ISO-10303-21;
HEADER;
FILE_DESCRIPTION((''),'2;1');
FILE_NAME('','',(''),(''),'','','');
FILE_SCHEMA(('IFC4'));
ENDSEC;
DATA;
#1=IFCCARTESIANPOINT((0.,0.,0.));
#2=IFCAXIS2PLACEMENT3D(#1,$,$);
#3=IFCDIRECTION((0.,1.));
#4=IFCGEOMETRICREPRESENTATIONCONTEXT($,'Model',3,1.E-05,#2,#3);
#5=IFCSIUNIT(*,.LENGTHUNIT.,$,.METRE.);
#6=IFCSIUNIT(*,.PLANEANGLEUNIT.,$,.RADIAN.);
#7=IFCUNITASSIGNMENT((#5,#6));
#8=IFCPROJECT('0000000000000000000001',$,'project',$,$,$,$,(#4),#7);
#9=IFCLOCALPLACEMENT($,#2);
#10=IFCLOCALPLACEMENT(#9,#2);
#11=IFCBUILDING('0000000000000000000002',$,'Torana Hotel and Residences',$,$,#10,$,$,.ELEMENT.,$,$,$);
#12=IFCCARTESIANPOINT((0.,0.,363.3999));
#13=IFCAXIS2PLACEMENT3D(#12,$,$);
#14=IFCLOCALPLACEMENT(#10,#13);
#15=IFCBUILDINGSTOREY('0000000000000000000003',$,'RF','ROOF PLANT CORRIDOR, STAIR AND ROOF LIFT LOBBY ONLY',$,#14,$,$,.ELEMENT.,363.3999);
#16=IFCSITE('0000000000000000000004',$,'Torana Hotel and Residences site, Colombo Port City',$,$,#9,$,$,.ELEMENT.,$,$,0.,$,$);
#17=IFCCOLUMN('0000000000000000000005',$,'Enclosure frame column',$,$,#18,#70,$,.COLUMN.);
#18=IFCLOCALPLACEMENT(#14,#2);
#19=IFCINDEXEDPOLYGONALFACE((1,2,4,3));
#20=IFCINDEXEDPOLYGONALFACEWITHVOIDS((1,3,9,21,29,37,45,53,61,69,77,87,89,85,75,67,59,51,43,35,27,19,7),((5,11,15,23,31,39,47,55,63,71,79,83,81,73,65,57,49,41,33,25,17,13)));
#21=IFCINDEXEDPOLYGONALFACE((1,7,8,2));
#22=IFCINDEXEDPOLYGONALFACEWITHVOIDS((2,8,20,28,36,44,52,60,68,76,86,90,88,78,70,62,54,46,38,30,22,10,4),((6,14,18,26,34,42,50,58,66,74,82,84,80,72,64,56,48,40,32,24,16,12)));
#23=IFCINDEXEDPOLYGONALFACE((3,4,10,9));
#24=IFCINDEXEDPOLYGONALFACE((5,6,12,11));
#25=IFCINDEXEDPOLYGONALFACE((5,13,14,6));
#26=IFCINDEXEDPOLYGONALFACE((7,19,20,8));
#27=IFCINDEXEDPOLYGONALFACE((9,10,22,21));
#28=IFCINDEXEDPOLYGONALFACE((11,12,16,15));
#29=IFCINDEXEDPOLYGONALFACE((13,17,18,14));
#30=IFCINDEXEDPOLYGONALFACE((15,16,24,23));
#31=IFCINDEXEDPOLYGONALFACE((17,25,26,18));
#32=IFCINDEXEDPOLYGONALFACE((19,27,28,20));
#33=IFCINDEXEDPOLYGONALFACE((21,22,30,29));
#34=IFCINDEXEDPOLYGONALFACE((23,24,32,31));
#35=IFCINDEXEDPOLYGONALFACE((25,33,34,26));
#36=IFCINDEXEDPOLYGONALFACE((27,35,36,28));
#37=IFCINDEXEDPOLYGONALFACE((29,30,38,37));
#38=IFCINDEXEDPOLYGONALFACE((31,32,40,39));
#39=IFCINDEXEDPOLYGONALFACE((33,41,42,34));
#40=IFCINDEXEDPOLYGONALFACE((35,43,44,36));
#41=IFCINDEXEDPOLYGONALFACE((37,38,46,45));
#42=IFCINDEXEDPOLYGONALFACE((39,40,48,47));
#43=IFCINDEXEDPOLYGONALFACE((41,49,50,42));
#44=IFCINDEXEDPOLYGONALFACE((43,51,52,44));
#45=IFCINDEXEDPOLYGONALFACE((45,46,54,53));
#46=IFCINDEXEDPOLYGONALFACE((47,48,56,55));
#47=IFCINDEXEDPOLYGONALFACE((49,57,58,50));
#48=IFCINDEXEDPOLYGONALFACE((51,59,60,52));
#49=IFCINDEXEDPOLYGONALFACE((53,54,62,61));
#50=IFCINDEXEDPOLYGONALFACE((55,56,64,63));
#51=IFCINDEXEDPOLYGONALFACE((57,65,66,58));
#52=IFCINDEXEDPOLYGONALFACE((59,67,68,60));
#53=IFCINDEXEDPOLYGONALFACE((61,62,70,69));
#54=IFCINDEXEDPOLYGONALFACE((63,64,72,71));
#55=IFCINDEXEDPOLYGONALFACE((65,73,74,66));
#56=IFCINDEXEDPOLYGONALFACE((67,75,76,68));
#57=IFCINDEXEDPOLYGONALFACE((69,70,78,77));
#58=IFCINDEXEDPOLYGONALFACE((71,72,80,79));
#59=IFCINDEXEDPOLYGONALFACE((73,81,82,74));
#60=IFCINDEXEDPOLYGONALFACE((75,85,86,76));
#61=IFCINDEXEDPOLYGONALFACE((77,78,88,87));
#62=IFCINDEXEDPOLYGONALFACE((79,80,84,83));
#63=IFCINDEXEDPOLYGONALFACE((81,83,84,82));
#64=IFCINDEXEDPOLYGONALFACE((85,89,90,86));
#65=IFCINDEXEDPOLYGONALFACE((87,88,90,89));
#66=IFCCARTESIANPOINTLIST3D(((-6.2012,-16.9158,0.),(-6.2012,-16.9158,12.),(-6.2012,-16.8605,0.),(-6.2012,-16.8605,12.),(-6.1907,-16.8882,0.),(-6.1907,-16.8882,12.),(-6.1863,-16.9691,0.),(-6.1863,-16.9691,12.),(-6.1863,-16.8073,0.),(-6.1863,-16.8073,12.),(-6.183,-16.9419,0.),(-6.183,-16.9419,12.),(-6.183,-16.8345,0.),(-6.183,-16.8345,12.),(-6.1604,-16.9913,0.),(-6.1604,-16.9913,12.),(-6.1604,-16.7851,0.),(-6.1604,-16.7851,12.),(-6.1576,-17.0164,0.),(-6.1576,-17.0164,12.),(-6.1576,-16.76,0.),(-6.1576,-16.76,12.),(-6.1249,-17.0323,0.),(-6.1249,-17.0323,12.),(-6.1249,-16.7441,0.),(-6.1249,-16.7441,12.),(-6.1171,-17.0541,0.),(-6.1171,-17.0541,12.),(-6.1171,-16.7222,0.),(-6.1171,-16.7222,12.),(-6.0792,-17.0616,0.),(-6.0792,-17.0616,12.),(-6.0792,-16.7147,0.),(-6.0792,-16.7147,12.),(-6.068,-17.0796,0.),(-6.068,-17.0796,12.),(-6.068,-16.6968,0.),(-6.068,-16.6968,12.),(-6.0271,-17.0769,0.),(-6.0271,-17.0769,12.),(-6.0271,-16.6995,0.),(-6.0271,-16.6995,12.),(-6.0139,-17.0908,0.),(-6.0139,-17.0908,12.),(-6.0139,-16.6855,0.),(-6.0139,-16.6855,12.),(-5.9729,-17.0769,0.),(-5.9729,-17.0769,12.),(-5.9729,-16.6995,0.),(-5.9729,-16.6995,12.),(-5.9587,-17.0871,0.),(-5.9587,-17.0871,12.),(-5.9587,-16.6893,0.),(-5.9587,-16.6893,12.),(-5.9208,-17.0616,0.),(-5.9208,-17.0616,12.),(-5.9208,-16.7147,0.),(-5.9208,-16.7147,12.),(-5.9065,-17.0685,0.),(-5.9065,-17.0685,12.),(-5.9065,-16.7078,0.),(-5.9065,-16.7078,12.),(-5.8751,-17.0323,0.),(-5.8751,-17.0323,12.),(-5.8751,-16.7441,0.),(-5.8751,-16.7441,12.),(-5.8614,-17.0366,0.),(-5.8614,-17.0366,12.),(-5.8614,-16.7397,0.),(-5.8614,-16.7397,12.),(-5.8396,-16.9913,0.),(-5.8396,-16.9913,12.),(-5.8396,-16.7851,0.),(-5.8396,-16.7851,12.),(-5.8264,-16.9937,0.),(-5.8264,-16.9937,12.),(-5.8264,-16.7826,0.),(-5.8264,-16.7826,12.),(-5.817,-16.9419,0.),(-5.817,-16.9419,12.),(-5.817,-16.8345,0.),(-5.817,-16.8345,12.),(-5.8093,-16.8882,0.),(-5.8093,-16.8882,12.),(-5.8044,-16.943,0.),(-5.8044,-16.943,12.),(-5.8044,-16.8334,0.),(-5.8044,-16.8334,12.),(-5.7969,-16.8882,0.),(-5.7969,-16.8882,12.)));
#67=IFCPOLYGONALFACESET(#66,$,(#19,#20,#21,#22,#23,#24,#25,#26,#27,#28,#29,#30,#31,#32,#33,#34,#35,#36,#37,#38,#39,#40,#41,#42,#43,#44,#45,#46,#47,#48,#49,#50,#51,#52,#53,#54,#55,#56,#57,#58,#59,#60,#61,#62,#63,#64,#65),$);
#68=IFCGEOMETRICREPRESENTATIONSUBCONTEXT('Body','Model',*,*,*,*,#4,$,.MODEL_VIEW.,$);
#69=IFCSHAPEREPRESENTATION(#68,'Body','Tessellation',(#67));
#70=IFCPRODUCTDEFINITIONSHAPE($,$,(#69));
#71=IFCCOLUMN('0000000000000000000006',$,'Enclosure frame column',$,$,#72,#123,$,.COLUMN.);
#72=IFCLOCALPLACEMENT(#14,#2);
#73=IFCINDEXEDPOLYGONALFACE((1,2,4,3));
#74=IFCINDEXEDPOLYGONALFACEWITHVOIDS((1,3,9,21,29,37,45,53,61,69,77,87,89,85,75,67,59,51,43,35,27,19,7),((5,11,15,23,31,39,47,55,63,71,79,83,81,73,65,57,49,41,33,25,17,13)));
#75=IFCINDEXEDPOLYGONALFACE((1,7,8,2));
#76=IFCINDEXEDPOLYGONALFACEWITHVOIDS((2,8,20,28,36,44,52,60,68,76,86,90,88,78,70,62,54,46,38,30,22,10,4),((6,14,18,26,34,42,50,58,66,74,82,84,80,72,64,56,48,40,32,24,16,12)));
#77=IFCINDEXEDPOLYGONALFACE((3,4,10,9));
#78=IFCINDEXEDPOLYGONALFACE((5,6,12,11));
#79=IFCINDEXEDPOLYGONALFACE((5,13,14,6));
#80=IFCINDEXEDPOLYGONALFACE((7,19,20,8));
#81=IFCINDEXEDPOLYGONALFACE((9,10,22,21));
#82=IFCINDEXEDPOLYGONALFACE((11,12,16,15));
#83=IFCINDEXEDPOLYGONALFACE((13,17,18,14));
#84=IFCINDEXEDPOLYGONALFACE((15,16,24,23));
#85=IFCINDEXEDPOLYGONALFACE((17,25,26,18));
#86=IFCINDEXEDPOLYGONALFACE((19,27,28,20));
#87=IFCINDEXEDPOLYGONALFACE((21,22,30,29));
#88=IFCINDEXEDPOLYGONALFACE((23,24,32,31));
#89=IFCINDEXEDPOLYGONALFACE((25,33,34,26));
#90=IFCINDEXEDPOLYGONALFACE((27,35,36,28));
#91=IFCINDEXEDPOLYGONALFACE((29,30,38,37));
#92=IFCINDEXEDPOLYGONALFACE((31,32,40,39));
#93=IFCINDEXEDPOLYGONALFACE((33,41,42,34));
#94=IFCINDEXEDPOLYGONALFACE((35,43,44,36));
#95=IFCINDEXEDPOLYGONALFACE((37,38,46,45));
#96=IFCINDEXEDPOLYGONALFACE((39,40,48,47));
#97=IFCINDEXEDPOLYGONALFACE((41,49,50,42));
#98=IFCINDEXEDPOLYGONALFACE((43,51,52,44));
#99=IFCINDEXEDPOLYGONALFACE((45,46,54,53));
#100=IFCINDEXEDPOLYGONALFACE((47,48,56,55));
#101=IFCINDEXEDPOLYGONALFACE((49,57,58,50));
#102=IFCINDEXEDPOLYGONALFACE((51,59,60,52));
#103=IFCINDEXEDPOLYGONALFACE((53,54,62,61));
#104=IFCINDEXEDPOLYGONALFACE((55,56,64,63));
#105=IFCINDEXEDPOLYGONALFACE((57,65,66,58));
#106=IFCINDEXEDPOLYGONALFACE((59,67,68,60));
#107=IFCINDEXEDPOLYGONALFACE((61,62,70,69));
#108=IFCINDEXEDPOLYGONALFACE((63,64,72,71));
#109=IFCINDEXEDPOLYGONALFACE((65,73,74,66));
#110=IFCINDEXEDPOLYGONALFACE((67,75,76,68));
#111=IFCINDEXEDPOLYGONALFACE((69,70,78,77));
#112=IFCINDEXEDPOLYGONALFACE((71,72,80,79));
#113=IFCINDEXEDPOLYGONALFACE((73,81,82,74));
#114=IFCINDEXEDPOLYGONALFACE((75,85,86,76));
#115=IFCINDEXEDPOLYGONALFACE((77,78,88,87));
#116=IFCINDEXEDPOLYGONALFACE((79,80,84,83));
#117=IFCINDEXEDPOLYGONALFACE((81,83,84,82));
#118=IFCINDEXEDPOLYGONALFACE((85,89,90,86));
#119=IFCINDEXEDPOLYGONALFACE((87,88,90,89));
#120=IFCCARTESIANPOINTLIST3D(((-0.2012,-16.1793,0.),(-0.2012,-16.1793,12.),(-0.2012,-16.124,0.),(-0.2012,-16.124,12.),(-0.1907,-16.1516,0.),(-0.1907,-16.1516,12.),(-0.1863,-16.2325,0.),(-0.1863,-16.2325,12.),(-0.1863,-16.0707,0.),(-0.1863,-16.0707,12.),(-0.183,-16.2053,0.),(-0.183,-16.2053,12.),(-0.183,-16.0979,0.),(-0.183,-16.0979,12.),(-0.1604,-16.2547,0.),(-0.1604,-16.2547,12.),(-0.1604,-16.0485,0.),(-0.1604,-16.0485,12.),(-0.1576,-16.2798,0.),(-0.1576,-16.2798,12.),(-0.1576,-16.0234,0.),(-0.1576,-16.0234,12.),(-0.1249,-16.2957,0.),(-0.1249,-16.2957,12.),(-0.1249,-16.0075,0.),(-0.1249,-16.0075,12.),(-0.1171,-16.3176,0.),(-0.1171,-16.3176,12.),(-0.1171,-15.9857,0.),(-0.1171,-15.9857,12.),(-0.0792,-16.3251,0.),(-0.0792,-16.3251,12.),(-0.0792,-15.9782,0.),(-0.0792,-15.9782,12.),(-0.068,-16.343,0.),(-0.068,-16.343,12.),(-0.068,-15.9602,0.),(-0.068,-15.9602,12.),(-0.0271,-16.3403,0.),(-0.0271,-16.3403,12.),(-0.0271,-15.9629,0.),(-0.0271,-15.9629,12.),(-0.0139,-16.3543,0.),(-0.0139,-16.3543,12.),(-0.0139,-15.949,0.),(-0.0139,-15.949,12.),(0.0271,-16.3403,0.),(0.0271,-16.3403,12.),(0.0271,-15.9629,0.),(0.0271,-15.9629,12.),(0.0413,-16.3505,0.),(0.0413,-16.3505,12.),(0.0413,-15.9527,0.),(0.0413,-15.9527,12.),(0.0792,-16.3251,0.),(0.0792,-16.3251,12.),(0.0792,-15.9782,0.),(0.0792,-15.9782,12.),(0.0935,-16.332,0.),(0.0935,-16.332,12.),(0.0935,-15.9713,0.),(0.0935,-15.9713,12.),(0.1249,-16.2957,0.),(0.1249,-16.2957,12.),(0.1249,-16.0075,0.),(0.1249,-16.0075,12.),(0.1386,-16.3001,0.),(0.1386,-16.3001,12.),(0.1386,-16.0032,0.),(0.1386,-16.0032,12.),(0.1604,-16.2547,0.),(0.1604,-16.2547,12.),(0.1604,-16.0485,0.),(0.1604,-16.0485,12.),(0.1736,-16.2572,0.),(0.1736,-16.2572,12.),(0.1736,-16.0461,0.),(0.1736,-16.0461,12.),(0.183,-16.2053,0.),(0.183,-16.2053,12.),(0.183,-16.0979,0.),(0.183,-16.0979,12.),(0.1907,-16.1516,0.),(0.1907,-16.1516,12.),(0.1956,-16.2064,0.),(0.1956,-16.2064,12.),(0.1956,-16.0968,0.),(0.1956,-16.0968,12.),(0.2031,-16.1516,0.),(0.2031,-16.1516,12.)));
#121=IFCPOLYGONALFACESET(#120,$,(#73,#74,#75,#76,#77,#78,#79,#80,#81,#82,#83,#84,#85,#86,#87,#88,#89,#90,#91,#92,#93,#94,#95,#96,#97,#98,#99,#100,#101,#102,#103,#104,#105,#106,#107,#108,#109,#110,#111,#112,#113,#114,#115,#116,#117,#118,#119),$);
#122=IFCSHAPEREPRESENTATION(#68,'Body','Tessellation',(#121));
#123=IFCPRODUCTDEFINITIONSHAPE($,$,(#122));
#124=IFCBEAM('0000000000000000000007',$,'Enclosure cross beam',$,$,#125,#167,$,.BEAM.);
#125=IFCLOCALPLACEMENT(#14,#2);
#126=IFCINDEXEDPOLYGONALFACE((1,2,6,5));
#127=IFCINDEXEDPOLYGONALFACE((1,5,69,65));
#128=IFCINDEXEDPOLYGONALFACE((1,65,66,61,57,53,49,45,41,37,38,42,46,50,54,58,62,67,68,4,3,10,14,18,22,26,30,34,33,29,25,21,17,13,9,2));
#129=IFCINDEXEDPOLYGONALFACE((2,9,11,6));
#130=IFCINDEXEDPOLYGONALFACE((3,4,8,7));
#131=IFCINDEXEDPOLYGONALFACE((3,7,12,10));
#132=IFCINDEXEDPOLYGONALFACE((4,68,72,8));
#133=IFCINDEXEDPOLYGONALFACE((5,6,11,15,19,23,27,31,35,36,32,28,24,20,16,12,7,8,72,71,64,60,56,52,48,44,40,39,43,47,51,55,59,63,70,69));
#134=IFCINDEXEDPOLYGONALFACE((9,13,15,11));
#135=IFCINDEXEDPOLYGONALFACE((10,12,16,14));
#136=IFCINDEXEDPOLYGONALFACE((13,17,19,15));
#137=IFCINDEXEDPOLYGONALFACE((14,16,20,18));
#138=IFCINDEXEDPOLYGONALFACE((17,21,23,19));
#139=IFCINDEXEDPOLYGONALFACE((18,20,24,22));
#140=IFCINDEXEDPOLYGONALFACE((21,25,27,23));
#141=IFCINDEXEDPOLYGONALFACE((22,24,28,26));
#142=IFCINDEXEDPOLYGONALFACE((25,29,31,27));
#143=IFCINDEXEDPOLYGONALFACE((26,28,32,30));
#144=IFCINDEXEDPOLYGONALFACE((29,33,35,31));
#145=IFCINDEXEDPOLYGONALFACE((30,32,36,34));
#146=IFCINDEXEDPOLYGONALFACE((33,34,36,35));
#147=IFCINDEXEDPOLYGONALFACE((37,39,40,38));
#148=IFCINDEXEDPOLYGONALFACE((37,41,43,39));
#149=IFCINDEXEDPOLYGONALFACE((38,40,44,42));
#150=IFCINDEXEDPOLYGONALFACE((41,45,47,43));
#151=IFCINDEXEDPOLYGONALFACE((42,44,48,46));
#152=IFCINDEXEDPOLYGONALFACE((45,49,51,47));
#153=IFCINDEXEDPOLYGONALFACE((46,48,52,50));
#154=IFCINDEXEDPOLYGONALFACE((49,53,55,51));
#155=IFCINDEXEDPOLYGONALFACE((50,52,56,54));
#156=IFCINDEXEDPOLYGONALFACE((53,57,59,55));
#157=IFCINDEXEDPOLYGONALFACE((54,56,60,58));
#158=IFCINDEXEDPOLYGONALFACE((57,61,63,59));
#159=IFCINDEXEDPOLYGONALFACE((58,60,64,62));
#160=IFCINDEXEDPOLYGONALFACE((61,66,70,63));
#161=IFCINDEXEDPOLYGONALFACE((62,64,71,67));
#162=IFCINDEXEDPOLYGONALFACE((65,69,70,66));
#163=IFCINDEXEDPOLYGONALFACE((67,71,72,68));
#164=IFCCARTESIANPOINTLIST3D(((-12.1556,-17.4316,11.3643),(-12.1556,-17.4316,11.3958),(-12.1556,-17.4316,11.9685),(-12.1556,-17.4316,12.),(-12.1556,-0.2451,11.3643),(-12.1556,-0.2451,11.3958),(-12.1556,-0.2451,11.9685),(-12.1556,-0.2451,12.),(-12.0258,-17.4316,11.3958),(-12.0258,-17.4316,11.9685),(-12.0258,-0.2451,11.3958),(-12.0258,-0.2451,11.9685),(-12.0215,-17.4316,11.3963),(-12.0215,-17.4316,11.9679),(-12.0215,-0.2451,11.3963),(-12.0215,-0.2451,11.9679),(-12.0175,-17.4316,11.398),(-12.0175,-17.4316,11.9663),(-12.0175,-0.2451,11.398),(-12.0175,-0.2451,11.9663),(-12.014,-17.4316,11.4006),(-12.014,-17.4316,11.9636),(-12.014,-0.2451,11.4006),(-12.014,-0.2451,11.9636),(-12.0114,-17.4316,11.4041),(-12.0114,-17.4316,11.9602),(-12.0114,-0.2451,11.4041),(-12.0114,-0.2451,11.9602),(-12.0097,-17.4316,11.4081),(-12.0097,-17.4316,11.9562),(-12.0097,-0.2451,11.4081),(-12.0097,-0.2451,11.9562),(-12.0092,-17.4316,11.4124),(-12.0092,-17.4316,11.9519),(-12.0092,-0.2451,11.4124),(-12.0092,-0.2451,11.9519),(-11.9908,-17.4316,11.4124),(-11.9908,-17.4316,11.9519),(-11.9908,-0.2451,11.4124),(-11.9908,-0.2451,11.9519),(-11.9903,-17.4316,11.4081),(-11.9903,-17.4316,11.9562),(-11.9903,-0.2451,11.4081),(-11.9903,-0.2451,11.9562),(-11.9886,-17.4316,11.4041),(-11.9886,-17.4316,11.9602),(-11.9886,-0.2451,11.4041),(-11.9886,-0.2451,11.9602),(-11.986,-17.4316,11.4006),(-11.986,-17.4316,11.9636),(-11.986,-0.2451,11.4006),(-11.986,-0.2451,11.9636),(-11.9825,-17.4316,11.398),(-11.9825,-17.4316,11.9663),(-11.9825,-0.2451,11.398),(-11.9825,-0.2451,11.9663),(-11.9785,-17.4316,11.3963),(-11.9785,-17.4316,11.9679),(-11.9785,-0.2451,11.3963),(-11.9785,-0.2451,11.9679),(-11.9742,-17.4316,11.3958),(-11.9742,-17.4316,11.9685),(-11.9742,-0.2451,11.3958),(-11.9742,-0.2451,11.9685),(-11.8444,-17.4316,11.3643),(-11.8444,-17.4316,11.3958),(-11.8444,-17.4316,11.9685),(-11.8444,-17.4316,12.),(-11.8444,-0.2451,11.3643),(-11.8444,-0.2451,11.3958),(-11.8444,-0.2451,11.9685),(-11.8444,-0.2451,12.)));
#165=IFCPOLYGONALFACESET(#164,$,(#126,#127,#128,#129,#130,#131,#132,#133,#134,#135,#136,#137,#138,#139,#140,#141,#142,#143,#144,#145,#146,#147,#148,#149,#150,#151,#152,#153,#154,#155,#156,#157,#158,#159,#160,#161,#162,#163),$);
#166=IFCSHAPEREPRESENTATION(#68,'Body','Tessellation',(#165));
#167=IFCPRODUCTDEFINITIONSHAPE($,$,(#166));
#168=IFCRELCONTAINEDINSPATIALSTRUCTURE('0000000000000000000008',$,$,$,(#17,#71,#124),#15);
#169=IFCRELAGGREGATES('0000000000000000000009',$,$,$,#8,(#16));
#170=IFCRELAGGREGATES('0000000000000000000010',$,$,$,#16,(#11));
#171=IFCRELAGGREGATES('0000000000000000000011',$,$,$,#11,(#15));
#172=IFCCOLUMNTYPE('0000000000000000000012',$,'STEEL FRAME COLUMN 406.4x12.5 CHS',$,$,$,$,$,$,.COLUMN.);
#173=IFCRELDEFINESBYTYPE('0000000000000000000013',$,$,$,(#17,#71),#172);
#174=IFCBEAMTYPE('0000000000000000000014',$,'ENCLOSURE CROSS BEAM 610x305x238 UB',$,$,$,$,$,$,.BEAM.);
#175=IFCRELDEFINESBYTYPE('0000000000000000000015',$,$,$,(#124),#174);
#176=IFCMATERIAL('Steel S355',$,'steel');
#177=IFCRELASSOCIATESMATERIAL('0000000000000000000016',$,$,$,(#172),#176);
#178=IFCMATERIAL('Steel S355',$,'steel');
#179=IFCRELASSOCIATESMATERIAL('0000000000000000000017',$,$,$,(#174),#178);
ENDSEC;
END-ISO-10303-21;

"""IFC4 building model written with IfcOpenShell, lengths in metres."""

from ifc_helpers import new_model, si_unit, direction, frame, origin, origin_2d, place, context, subcontext, project, spatial, hollow_circle, i_section, extrude, material, material_profile, profile_set, type_object, element, save


model = new_model("IFC4")

# Units and contexts
model_context = context("Model", 3, precision=1e-05, world=origin(), true_north=direction((0.0, 1.0)))
body_context = subcontext(model_context, "Body", "Model", "MODEL_VIEW")
ifc_project = project(units=[si_unit("LENGTHUNIT", "METRE"), si_unit("PLANEANGLEUNIT", "RADIAN")], contexts=[model_context])

# Site, building, storey
site_placement = place(None, origin())
site = spatial("IfcSite", under=ifc_project, at=site_placement, Name="Torana Hotel and Residences site, Colombo Port City", CompositionType="ELEMENT", RefElevation=0.0)
building_placement = place(site_placement, origin())
building = spatial("IfcBuilding", under=site, at=building_placement, Name="Torana Hotel and Residences", CompositionType="ELEMENT")
storey_placement = place(building_placement, frame((0.0, 0.0, 363.3999)))
storey = spatial("IfcBuildingStorey", under=building, at=storey_placement, Name="RF", Description="ROOF PLANT CORRIDOR, STAIR AND ROOF LIFT LOBBY ONLY", CompositionType="ELEMENT", Elevation=363.3999)

# Columns
ifc_material_1 = material(Name="Steel S355", Category="steel")
ifc_material_profile_1 = material_profile(ifc_material_1, hollow_circle(Radius=0.2031, WallThickness=0.0125, at=origin_2d()), Name="406.4x12.5 CHS")
ifc_profile_set_1 = profile_set([ifc_material_profile_1], Name="Steel S355")
column_type = type_object("IfcColumnType", Name="STEEL FRAME COLUMN 406.4x12.5 CHS", PredefinedType="COLUMN", material=ifc_profile_set_1)
for number, where, z_axis, x_axis, name in (
    (1, (-6.0, -16.8882, 0.0), (0.0, 0.0, 1.0), (1.0, 0.0, 0.0), "Enclosure frame column"),
    (2, (0.0, -16.1516, 0.0), (0.0, 0.0, 1.0), (1.0, 0.0, 0.0), "Enclosure frame column"),
):
    element("IfcColumn", number, at=place(storey_placement, frame(where, z_axis=z_axis, x_axis=x_axis)), inside=storey, type_object=column_type, Name=name, PredefinedType="COLUMN", context=body_context, shape_type="SweptSolid", body=[
        extrude(hollow_circle(Radius=0.2031, WallThickness=0.0125, at=origin_2d()), origin(), (0.0, 0.0, 1.0), 12.0),
    ])

# Beam
ifc_material_2 = material(Name="Steel S355", Category="steel")
ifc_material_profile_2 = material_profile(ifc_material_2, i_section(OverallWidth=0.3113, OverallDepth=0.6357, WebThickness=0.0183, FlangeThickness=0.0315, FilletRadius=0.0166, at=origin_2d()), Name="610x305x238 UB")
ifc_profile_set_2 = profile_set([ifc_material_profile_2], Name="Steel S355")
beam_type_1 = type_object("IfcBeamType", Name="ENCLOSURE CROSS BEAM 610x305x238 UB", PredefinedType="BEAM", material=ifc_profile_set_2)
beam_1_placement = place(storey_placement, frame((-12.0, -17.4316, 11.6821), z_axis=(0.0, 1.0, 0.0), x_axis=(-1.0, 0.0, 0.0)))
element("IfcBeam", 3, at=beam_1_placement, inside=storey, type_object=beam_type_1, Name="Enclosure cross beam", PredefinedType="BEAM", context=body_context, shape_type="SweptSolid", body=[
    extrude(i_section(OverallWidth=0.3113, OverallDepth=0.6357, WebThickness=0.0183, FlangeThickness=0.0315, FilletRadius=0.0166, at=origin_2d()), origin(), (0.0, 0.0, 1.0), 17.1865),
])

save(model, "model.ifc")
